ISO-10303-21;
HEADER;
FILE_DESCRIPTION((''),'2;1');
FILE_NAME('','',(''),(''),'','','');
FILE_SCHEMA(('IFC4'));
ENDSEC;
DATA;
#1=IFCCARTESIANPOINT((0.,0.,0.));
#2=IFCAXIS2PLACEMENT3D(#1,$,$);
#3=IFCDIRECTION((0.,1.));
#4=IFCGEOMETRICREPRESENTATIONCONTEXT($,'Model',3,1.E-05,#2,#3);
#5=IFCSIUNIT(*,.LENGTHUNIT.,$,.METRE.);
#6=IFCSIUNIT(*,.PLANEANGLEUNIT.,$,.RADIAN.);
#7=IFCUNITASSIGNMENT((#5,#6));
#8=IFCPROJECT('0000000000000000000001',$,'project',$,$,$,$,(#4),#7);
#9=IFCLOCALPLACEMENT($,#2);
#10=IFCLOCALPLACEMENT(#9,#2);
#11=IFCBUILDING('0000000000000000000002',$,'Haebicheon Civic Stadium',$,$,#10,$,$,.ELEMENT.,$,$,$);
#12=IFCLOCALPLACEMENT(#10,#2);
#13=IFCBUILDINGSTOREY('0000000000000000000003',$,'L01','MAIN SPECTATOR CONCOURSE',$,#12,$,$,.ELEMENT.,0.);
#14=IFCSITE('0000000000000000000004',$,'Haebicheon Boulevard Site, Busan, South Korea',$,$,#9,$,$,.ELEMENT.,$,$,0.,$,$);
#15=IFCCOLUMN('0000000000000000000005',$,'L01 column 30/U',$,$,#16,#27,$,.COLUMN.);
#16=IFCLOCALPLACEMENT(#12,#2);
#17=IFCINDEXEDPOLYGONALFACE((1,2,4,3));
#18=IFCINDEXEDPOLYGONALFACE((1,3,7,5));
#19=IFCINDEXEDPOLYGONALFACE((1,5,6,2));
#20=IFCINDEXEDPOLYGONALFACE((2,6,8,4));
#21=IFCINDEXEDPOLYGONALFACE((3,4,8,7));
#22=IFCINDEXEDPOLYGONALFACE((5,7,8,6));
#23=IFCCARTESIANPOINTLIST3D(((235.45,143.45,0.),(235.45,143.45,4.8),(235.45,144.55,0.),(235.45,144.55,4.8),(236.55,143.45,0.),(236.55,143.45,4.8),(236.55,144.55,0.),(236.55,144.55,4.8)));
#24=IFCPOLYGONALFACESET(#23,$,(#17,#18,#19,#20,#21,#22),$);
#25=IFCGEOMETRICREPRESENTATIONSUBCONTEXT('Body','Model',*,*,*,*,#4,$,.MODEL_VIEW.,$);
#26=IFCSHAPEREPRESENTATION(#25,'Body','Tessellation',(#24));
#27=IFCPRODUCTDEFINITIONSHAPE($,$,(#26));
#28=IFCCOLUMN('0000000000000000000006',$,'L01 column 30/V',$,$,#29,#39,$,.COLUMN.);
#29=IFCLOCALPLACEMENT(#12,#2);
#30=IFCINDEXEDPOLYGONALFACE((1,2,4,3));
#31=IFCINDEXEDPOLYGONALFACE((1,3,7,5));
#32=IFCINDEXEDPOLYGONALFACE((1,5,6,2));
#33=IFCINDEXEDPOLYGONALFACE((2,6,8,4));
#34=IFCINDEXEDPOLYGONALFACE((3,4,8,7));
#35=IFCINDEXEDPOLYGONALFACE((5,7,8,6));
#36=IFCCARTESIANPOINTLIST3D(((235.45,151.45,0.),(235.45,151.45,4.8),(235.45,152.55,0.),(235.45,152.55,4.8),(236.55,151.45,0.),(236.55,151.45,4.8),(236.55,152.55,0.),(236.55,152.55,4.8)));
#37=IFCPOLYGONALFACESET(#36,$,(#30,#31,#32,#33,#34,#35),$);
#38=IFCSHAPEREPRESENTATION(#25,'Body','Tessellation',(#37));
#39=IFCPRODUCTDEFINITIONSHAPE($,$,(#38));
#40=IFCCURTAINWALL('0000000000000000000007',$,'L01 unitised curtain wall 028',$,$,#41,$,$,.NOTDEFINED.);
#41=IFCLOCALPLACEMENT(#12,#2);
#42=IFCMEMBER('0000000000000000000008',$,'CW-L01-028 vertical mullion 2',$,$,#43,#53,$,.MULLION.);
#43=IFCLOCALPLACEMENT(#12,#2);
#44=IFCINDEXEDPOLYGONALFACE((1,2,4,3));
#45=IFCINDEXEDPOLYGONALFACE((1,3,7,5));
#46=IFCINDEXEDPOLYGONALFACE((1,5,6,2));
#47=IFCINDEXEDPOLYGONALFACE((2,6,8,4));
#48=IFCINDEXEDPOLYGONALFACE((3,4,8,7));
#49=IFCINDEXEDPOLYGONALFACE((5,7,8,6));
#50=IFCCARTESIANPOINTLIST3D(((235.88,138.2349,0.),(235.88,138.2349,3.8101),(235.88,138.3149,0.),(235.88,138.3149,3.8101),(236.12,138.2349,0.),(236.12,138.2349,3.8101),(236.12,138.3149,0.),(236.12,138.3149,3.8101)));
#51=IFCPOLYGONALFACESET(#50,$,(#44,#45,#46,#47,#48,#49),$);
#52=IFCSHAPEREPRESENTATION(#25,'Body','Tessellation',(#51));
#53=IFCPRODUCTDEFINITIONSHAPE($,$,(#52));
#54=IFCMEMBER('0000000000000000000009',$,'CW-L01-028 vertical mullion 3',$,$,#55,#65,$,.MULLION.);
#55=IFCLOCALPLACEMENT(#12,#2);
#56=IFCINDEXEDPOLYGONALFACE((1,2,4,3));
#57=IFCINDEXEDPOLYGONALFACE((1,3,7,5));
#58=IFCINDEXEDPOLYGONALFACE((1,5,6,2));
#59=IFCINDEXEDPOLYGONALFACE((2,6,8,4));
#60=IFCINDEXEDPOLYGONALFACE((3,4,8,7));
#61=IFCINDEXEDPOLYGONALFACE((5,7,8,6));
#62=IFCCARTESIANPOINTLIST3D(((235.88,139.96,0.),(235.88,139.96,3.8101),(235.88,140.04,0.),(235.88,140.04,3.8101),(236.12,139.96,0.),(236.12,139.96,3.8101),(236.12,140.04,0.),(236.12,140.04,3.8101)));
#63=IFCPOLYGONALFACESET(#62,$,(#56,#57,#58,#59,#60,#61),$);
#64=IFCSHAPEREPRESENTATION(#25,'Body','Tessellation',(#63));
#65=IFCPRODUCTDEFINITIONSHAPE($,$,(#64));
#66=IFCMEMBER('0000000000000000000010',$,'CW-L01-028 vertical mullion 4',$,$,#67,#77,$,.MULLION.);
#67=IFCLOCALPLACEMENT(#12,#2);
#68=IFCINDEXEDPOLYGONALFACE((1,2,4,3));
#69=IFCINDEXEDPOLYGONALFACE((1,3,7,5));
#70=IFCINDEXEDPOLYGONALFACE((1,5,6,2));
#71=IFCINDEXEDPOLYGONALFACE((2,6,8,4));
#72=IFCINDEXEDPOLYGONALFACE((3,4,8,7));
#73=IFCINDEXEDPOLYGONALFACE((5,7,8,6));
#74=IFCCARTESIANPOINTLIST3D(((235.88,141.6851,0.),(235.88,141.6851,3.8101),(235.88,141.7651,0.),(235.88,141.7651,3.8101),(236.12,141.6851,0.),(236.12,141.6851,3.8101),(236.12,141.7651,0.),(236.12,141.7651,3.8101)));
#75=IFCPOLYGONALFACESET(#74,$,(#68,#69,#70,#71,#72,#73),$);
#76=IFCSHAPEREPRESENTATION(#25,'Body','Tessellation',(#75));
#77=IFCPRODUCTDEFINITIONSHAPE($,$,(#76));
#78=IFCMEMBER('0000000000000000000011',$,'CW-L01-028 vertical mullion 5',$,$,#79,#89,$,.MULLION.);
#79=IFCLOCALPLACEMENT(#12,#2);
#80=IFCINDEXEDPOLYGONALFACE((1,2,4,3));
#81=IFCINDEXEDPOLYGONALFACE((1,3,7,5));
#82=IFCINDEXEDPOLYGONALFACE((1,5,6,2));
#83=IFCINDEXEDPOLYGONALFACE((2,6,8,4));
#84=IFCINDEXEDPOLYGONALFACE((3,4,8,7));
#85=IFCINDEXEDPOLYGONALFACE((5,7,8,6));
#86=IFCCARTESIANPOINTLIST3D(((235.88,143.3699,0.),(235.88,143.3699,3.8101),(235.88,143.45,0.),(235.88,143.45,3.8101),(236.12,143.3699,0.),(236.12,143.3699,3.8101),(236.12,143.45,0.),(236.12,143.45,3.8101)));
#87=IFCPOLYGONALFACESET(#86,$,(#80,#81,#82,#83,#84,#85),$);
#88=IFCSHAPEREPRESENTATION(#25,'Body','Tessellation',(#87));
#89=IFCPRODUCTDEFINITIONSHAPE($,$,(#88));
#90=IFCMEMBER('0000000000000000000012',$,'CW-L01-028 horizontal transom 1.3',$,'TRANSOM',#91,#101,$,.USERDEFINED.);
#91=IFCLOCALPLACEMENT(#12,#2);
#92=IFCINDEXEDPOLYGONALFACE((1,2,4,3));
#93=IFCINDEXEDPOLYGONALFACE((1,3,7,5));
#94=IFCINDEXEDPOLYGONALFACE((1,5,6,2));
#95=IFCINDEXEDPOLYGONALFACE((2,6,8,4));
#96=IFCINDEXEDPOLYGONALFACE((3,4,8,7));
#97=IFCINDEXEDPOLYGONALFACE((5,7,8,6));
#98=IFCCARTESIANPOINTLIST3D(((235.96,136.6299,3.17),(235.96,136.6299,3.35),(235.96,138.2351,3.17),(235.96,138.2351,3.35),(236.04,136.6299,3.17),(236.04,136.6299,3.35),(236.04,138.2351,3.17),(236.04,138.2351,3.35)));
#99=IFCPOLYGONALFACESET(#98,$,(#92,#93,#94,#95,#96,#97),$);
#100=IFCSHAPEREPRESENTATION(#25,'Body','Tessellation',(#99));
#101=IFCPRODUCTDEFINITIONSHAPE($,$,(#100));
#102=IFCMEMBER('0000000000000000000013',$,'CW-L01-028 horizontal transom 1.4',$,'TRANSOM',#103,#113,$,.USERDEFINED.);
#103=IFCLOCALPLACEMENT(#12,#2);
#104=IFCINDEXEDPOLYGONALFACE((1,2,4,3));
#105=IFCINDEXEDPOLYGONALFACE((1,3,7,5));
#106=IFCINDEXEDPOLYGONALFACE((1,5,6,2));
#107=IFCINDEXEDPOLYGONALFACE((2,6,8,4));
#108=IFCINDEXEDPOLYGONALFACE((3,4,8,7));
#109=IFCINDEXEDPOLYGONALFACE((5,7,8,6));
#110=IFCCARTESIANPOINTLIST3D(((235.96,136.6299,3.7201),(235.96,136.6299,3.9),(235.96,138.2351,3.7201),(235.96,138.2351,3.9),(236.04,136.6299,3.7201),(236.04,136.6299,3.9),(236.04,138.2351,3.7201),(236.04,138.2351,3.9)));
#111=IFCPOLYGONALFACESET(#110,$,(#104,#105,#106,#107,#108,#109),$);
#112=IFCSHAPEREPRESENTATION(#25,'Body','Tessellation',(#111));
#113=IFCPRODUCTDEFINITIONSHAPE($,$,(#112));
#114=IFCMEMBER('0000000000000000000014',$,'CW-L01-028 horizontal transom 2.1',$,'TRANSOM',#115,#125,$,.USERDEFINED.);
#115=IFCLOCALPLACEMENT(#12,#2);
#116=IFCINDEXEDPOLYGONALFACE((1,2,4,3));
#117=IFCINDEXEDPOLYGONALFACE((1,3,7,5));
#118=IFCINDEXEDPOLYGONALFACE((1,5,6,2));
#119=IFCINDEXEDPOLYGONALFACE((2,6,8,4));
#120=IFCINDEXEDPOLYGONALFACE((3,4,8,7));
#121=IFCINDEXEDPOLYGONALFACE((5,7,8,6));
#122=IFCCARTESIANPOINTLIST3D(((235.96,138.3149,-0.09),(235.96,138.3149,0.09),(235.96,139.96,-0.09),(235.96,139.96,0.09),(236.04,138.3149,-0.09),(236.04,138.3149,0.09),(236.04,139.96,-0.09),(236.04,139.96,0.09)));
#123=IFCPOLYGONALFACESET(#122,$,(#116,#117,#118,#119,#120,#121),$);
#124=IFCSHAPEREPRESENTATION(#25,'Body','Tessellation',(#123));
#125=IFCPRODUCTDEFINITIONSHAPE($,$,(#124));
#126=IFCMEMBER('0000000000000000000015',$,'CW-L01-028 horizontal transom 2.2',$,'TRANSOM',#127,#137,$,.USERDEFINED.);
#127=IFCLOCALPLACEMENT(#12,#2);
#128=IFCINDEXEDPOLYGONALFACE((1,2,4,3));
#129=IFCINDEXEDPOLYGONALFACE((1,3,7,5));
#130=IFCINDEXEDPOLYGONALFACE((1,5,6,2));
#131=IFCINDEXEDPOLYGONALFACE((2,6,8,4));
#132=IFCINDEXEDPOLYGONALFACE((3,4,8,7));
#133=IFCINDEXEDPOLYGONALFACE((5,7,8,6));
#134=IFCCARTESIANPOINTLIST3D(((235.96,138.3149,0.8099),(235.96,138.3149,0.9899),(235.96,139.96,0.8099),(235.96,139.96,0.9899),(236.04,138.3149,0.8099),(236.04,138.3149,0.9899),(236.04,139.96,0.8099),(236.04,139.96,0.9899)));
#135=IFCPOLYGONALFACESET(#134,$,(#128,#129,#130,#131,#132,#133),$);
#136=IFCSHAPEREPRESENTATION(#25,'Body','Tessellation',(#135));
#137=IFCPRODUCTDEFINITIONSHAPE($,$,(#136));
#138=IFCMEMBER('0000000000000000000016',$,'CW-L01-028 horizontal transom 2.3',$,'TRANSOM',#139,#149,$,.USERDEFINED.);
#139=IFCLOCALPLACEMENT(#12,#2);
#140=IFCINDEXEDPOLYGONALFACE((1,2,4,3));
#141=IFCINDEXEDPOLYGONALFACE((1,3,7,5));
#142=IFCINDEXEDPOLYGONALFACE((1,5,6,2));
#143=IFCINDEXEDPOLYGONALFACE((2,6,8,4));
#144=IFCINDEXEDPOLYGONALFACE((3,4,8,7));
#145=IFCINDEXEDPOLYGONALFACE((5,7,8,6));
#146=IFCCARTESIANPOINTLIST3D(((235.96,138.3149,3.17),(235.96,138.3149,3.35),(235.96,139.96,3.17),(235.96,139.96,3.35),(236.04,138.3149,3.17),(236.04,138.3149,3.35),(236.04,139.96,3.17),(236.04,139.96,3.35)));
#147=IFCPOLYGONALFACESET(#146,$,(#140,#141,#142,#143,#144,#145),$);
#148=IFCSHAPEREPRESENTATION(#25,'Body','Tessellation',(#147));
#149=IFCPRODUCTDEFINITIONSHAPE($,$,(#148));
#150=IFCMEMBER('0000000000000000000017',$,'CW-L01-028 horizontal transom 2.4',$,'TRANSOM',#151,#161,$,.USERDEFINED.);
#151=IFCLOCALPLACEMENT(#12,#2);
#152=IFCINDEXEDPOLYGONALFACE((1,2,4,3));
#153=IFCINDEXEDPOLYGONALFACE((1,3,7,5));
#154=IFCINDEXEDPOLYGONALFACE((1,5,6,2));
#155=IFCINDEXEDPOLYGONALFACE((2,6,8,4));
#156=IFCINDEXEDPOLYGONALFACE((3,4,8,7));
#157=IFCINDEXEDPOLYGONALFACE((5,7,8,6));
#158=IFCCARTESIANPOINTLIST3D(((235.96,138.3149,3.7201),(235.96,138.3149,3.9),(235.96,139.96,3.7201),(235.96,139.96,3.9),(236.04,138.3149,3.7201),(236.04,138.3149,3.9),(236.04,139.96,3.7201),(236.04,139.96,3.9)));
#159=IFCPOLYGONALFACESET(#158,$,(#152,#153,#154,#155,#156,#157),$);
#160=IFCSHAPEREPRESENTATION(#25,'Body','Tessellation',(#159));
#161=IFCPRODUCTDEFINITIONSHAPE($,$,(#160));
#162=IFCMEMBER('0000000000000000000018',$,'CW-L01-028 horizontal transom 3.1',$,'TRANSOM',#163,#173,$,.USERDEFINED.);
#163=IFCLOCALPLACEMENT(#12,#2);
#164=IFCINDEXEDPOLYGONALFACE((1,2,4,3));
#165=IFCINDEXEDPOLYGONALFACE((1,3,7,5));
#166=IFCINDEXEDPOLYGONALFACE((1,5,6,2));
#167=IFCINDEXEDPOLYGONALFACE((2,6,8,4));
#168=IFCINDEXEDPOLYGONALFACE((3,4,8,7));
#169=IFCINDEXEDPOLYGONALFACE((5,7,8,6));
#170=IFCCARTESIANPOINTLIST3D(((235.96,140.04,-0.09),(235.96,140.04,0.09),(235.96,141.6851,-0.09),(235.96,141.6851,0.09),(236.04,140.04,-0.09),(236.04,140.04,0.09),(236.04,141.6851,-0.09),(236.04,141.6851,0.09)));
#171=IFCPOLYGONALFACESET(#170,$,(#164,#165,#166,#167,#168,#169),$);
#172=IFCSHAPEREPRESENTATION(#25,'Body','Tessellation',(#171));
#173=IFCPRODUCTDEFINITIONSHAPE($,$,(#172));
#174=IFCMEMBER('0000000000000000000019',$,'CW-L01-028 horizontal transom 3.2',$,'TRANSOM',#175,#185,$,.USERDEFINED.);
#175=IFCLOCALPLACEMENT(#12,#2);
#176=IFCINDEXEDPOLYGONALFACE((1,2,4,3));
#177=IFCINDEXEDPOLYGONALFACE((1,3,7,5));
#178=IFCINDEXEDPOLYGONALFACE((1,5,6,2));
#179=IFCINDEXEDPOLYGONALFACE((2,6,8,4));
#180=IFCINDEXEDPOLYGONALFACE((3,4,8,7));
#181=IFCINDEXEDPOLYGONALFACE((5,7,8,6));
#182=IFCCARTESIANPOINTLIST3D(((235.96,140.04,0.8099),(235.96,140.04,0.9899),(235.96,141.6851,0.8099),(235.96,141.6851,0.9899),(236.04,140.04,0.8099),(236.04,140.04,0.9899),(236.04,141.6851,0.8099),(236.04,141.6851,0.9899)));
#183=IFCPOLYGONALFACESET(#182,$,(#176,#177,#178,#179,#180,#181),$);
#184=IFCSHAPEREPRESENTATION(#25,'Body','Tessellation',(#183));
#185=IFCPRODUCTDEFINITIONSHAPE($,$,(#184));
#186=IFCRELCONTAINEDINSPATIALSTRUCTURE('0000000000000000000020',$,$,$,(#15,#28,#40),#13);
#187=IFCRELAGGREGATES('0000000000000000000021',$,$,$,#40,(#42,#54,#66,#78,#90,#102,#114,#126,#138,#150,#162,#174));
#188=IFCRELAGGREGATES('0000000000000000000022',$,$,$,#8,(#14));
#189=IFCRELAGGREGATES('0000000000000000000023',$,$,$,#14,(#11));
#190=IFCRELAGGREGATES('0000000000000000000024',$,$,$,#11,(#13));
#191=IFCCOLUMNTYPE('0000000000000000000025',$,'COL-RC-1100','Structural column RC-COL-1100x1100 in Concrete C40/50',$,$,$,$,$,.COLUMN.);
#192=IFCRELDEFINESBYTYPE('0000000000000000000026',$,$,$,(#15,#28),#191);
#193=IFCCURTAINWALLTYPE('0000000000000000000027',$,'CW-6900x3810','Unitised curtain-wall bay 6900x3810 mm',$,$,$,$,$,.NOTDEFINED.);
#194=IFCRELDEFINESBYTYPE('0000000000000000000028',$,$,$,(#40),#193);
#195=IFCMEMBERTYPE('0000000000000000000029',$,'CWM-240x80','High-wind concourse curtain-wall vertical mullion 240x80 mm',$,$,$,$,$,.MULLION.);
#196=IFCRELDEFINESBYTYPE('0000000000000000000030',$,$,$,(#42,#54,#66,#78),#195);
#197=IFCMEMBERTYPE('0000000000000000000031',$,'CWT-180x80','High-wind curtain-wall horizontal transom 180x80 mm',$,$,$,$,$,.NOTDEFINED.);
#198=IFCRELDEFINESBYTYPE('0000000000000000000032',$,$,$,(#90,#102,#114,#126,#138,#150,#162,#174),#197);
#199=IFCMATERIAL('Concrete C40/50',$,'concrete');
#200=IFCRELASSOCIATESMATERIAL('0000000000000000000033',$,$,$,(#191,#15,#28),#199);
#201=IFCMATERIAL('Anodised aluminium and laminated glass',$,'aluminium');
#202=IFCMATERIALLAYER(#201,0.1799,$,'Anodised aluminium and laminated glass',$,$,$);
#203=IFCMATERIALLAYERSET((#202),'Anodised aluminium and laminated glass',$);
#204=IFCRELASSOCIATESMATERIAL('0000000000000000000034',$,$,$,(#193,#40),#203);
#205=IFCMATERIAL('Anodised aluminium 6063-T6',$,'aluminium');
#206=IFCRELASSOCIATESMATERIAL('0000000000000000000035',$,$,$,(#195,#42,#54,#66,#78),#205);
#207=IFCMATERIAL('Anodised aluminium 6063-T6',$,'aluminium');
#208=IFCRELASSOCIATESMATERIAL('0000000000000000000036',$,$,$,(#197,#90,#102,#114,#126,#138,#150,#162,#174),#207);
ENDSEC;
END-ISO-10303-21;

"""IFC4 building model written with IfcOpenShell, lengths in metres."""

from ifc_helpers import new_model, si_unit, direction, frame, origin, origin_2d, place, context, subcontext, project, spatial, rectangle, extrude, material, layer, layer_set, material_profile, profile_set, type_object, element, aggregate, save


model = new_model("IFC4")

# Units and contexts
model_context = context("Model", 3, precision=1e-05, world=origin(), true_north=direction((0.0, 1.0)))
body_context = subcontext(model_context, "Body", "Model", "MODEL_VIEW")
ifc_project = project(units=[si_unit("LENGTHUNIT", "METRE"), si_unit("PLANEANGLEUNIT", "RADIAN")], contexts=[model_context])

# Site, building, storey
site_placement = place(None, origin())
site = spatial("IfcSite", under=ifc_project, at=site_placement, Name="Haebicheon Boulevard Site, Busan, South Korea", CompositionType="ELEMENT", RefElevation=0.0)
building_placement = place(site_placement, origin())
building = spatial("IfcBuilding", under=site, at=building_placement, Name="Haebicheon Civic Stadium", CompositionType="ELEMENT")
storey_placement = place(building_placement, origin())
storey = spatial("IfcBuildingStorey", under=building, at=storey_placement, Name="L01", Description="MAIN SPECTATOR CONCOURSE", CompositionType="ELEMENT", Elevation=0.0)

# Columns
ifc_material_1 = material(Name="Concrete C40/50", Category="concrete")
ifc_material_profile_1 = material_profile(ifc_material_1, rectangle(XDim=1.1001, YDim=1.1001, at=origin_2d()), Name="RC-COL-1100x1100")
ifc_profile_set_1 = profile_set([ifc_material_profile_1], Name="Concrete C40/50")
column_type = type_object("IfcColumnType", Name="COL-RC-1100", Description="Structural column RC-COL-1100x1100 in Concrete C40/50", PredefinedType="COLUMN", material=ifc_profile_set_1)
for number, where, z_axis, x_axis, name in (
    (1, (236.0, 144.0, 0.0), (0.0, 0.0, 1.0), (1.0, 0.0, 0.0), "L01 column 30/U"),
    (2, (236.0, 152.0, 0.0), (0.0, 0.0, 1.0), (1.0, 0.0, 0.0), "L01 column 30/V"),
):
    element("IfcColumn", number, at=place(storey_placement, frame(where, z_axis=z_axis, x_axis=x_axis)), inside=storey, type_object=column_type, material=ifc_profile_set_1, Name=name, PredefinedType="COLUMN", context=body_context, shape_type="SweptSolid", body=[
        extrude(rectangle(XDim=1.1001, YDim=1.1001, at=origin_2d()), origin(), (0.0, 0.0, 1.0), 4.8),
    ])

# Curtain wall, members
ifc_material_2 = material(Name="Anodised aluminium and laminated glass", Category="aluminium")
ifc_layer_1 = layer(ifc_material_2, 0.1799, Name="Anodised aluminium and laminated glass")
ifc_layer_set_1 = layer_set([ifc_layer_1], Name="Anodised aluminium and laminated glass")
curtain_wall_type = type_object("IfcCurtainWallType", Name="CW-6900x3810", Description="Unitised curtain-wall bay 6900x3810 mm", PredefinedType="NOTDEFINED", material=ifc_layer_set_1)
curtain_wall_placement = place(storey_placement, origin())
curtain_wall = element("IfcCurtainWall", 3, at=curtain_wall_placement, inside=storey, type_object=curtain_wall_type, material=ifc_layer_set_1, Name="L01 unitised curtain wall 028", PredefinedType="NOTDEFINED")
ifc_material_3 = material(Name="Anodised aluminium 6063-T6", Category="aluminium")
ifc_material_profile_2 = material_profile(ifc_material_3, rectangle(XDim=0.0801, YDim=0.24, at=origin_2d()), Name="ALU-MULL-80x240")
ifc_profile_set_2 = profile_set([ifc_material_profile_2], Name="Anodised aluminium 6063-T6")
member_type_1 = type_object("IfcMemberType", Name="CWM-240x80", Description="High-wind concourse curtain-wall vertical mullion 240x80 mm", PredefinedType="MULLION", material=ifc_profile_set_2)
member_1_placement = place(storey_placement, frame((236.0, 138.2749, 0.0), z_axis=(0.0, 0.0, 1.0), x_axis=(0.0, 1.0, 0.0)))
member_1 = element("IfcMember", 4, at=member_1_placement, type_object=member_type_1, material=ifc_profile_set_2, Name="CW-L01-028 vertical mullion 2", PredefinedType="MULLION", context=body_context, shape_type="SweptSolid", body=[
    extrude(rectangle(XDim=0.0801, YDim=0.24, at=origin_2d()), origin(), (0.0, 0.0, 1.0), 3.8101),
])
member_2_placement = place(storey_placement, frame((236.0, 140.0, 0.0), z_axis=(0.0, 0.0, 1.0), x_axis=(0.0, 1.0, 0.0)))
member_2 = element("IfcMember", 5, at=member_2_placement, type_object=member_type_1, material=ifc_profile_set_2, Name="CW-L01-028 vertical mullion 3", PredefinedType="MULLION", context=body_context, shape_type="SweptSolid", body=[
    extrude(rectangle(XDim=0.0801, YDim=0.24, at=origin_2d()), origin(), (0.0, 0.0, 1.0), 3.8101),
])
member_3_placement = place(storey_placement, frame((236.0, 141.7251, 0.0), z_axis=(0.0, 0.0, 1.0), x_axis=(0.0, 1.0, 0.0)))
member_3 = element("IfcMember", 6, at=member_3_placement, type_object=member_type_1, material=ifc_profile_set_2, Name="CW-L01-028 vertical mullion 4", PredefinedType="MULLION", context=body_context, shape_type="SweptSolid", body=[
    extrude(rectangle(XDim=0.0801, YDim=0.24, at=origin_2d()), origin(), (0.0, 0.0, 1.0), 3.8101),
])
member_4_placement = place(storey_placement, frame((236.0, 143.4099, 0.0), z_axis=(0.0, 0.0, 1.0), x_axis=(0.0, 1.0, 0.0)))
member_4 = element("IfcMember", 7, at=member_4_placement, type_object=member_type_1, material=ifc_profile_set_2, Name="CW-L01-028 vertical mullion 5", PredefinedType="MULLION", context=body_context, shape_type="SweptSolid", body=[
    extrude(rectangle(XDim=0.0801, YDim=0.24, at=origin_2d()), origin(), (0.0, 0.0, 1.0), 3.8101),
])
ifc_material_4 = material(Name="Anodised aluminium 6063-T6", Category="aluminium")
ifc_material_profile_3 = material_profile(ifc_material_4, rectangle(XDim=0.0801, YDim=0.1799, at=origin_2d()), Name="ALU-TRAN-80x180")
ifc_profile_set_3 = profile_set([ifc_material_profile_3], Name="Anodised aluminium 6063-T6")
member_type_2 = type_object("IfcMemberType", Name="CWT-180x80", Description="High-wind curtain-wall horizontal transom 180x80 mm", PredefinedType="NOTDEFINED", material=ifc_profile_set_3)
member_5_placement = place(storey_placement, frame((236.0, 136.6299, 3.26), z_axis=(0.0, 1.0, 0.0), x_axis=(-1.0, 0.0, 0.0)))
member_5 = element("IfcMember", 8, at=member_5_placement, type_object=member_type_2, material=ifc_profile_set_3, Name="CW-L01-028 horizontal transom 1.3", ObjectType="TRANSOM", PredefinedType="USERDEFINED", context=body_context, shape_type="SweptSolid", body=[
    extrude(rectangle(XDim=0.0801, YDim=0.1799, at=origin_2d()), origin(), (0.0, 0.0, 1.0), 1.6052),
])
member_6_placement = place(storey_placement, frame((236.0, 136.6299, 3.8101), z_axis=(0.0, 1.0, 0.0), x_axis=(-1.0, 0.0, 0.0)))
member_6 = element("IfcMember", 9, at=member_6_placement, type_object=member_type_2, material=ifc_profile_set_3, Name="CW-L01-028 horizontal transom 1.4", ObjectType="TRANSOM", PredefinedType="USERDEFINED", context=body_context, shape_type="SweptSolid", body=[
    extrude(rectangle(XDim=0.0801, YDim=0.1799, at=origin_2d()), origin(), (0.0, 0.0, 1.0), 1.6052),
])
member_7_placement = place(storey_placement, frame((236.0, 138.3149, 0.0), z_axis=(0.0, 1.0, 0.0), x_axis=(-1.0, 0.0, 0.0)))
member_7 = element("IfcMember", 10, at=member_7_placement, type_object=member_type_2, material=ifc_profile_set_3, Name="CW-L01-028 horizontal transom 2.1", ObjectType="TRANSOM", PredefinedType="USERDEFINED", context=body_context, shape_type="SweptSolid", body=[
    extrude(rectangle(XDim=0.0801, YDim=0.1799, at=origin_2d()), origin(), (0.0, 0.0, 1.0), 1.645),
])
member_8_placement = place(storey_placement, frame((236.0, 138.3149, 0.8999), z_axis=(0.0, 1.0, 0.0), x_axis=(-1.0, 0.0, 0.0)))
member_8 = element("IfcMember", 11, at=member_8_placement, type_object=member_type_2, material=ifc_profile_set_3, Name="CW-L01-028 horizontal transom 2.2", ObjectType="TRANSOM", PredefinedType="USERDEFINED", context=body_context, shape_type="SweptSolid", body=[
    extrude(rectangle(XDim=0.0801, YDim=0.1799, at=origin_2d()), origin(), (0.0, 0.0, 1.0), 1.645),
])
member_9_placement = place(storey_placement, frame((236.0, 138.3149, 3.26), z_axis=(0.0, 1.0, 0.0), x_axis=(-1.0, 0.0, 0.0)))
member_9 = element("IfcMember", 12, at=member_9_placement, type_object=member_type_2, material=ifc_profile_set_3, Name="CW-L01-028 horizontal transom 2.3", ObjectType="TRANSOM", PredefinedType="USERDEFINED", context=body_context, shape_type="SweptSolid", body=[
    extrude(rectangle(XDim=0.0801, YDim=0.1799, at=origin_2d()), origin(), (0.0, 0.0, 1.0), 1.645),
])
member_10_placement = place(storey_placement, frame((236.0, 138.3149, 3.8101), z_axis=(0.0, 1.0, 0.0), x_axis=(-1.0, 0.0, 0.0)))
member_10 = element("IfcMember", 13, at=member_10_placement, type_object=member_type_2, material=ifc_profile_set_3, Name="CW-L01-028 horizontal transom 2.4", ObjectType="TRANSOM", PredefinedType="USERDEFINED", context=body_context, shape_type="SweptSolid", body=[
    extrude(rectangle(XDim=0.0801, YDim=0.1799, at=origin_2d()), origin(), (0.0, 0.0, 1.0), 1.645),
])
member_11_placement = place(storey_placement, frame((236.0, 140.04, 0.0), z_axis=(0.0, 1.0, 0.0), x_axis=(-1.0, 0.0, 0.0)))
member_11 = element("IfcMember", 14, at=member_11_placement, type_object=member_type_2, material=ifc_profile_set_3, Name="CW-L01-028 horizontal transom 3.1", ObjectType="TRANSOM", PredefinedType="USERDEFINED", context=body_context, shape_type="SweptSolid", body=[
    extrude(rectangle(XDim=0.0801, YDim=0.1799, at=origin_2d()), origin(), (0.0, 0.0, 1.0), 1.645),
])
member_12_placement = place(storey_placement, frame((236.0, 140.04, 0.8999), z_axis=(0.0, 1.0, 0.0), x_axis=(-1.0, 0.0, 0.0)))
member_12 = element("IfcMember", 15, at=member_12_placement, type_object=member_type_2, material=ifc_profile_set_3, Name="CW-L01-028 horizontal transom 3.2", ObjectType="TRANSOM", PredefinedType="USERDEFINED", context=body_context, shape_type="SweptSolid", body=[
    extrude(rectangle(XDim=0.0801, YDim=0.1799, at=origin_2d()), origin(), (0.0, 0.0, 1.0), 1.645),
])

aggregate(curtain_wall, [member_1, member_2, member_3, member_4, member_5, member_6, member_7, member_8, member_9, member_10, member_11, member_12])

save(model, "model.ifc")
